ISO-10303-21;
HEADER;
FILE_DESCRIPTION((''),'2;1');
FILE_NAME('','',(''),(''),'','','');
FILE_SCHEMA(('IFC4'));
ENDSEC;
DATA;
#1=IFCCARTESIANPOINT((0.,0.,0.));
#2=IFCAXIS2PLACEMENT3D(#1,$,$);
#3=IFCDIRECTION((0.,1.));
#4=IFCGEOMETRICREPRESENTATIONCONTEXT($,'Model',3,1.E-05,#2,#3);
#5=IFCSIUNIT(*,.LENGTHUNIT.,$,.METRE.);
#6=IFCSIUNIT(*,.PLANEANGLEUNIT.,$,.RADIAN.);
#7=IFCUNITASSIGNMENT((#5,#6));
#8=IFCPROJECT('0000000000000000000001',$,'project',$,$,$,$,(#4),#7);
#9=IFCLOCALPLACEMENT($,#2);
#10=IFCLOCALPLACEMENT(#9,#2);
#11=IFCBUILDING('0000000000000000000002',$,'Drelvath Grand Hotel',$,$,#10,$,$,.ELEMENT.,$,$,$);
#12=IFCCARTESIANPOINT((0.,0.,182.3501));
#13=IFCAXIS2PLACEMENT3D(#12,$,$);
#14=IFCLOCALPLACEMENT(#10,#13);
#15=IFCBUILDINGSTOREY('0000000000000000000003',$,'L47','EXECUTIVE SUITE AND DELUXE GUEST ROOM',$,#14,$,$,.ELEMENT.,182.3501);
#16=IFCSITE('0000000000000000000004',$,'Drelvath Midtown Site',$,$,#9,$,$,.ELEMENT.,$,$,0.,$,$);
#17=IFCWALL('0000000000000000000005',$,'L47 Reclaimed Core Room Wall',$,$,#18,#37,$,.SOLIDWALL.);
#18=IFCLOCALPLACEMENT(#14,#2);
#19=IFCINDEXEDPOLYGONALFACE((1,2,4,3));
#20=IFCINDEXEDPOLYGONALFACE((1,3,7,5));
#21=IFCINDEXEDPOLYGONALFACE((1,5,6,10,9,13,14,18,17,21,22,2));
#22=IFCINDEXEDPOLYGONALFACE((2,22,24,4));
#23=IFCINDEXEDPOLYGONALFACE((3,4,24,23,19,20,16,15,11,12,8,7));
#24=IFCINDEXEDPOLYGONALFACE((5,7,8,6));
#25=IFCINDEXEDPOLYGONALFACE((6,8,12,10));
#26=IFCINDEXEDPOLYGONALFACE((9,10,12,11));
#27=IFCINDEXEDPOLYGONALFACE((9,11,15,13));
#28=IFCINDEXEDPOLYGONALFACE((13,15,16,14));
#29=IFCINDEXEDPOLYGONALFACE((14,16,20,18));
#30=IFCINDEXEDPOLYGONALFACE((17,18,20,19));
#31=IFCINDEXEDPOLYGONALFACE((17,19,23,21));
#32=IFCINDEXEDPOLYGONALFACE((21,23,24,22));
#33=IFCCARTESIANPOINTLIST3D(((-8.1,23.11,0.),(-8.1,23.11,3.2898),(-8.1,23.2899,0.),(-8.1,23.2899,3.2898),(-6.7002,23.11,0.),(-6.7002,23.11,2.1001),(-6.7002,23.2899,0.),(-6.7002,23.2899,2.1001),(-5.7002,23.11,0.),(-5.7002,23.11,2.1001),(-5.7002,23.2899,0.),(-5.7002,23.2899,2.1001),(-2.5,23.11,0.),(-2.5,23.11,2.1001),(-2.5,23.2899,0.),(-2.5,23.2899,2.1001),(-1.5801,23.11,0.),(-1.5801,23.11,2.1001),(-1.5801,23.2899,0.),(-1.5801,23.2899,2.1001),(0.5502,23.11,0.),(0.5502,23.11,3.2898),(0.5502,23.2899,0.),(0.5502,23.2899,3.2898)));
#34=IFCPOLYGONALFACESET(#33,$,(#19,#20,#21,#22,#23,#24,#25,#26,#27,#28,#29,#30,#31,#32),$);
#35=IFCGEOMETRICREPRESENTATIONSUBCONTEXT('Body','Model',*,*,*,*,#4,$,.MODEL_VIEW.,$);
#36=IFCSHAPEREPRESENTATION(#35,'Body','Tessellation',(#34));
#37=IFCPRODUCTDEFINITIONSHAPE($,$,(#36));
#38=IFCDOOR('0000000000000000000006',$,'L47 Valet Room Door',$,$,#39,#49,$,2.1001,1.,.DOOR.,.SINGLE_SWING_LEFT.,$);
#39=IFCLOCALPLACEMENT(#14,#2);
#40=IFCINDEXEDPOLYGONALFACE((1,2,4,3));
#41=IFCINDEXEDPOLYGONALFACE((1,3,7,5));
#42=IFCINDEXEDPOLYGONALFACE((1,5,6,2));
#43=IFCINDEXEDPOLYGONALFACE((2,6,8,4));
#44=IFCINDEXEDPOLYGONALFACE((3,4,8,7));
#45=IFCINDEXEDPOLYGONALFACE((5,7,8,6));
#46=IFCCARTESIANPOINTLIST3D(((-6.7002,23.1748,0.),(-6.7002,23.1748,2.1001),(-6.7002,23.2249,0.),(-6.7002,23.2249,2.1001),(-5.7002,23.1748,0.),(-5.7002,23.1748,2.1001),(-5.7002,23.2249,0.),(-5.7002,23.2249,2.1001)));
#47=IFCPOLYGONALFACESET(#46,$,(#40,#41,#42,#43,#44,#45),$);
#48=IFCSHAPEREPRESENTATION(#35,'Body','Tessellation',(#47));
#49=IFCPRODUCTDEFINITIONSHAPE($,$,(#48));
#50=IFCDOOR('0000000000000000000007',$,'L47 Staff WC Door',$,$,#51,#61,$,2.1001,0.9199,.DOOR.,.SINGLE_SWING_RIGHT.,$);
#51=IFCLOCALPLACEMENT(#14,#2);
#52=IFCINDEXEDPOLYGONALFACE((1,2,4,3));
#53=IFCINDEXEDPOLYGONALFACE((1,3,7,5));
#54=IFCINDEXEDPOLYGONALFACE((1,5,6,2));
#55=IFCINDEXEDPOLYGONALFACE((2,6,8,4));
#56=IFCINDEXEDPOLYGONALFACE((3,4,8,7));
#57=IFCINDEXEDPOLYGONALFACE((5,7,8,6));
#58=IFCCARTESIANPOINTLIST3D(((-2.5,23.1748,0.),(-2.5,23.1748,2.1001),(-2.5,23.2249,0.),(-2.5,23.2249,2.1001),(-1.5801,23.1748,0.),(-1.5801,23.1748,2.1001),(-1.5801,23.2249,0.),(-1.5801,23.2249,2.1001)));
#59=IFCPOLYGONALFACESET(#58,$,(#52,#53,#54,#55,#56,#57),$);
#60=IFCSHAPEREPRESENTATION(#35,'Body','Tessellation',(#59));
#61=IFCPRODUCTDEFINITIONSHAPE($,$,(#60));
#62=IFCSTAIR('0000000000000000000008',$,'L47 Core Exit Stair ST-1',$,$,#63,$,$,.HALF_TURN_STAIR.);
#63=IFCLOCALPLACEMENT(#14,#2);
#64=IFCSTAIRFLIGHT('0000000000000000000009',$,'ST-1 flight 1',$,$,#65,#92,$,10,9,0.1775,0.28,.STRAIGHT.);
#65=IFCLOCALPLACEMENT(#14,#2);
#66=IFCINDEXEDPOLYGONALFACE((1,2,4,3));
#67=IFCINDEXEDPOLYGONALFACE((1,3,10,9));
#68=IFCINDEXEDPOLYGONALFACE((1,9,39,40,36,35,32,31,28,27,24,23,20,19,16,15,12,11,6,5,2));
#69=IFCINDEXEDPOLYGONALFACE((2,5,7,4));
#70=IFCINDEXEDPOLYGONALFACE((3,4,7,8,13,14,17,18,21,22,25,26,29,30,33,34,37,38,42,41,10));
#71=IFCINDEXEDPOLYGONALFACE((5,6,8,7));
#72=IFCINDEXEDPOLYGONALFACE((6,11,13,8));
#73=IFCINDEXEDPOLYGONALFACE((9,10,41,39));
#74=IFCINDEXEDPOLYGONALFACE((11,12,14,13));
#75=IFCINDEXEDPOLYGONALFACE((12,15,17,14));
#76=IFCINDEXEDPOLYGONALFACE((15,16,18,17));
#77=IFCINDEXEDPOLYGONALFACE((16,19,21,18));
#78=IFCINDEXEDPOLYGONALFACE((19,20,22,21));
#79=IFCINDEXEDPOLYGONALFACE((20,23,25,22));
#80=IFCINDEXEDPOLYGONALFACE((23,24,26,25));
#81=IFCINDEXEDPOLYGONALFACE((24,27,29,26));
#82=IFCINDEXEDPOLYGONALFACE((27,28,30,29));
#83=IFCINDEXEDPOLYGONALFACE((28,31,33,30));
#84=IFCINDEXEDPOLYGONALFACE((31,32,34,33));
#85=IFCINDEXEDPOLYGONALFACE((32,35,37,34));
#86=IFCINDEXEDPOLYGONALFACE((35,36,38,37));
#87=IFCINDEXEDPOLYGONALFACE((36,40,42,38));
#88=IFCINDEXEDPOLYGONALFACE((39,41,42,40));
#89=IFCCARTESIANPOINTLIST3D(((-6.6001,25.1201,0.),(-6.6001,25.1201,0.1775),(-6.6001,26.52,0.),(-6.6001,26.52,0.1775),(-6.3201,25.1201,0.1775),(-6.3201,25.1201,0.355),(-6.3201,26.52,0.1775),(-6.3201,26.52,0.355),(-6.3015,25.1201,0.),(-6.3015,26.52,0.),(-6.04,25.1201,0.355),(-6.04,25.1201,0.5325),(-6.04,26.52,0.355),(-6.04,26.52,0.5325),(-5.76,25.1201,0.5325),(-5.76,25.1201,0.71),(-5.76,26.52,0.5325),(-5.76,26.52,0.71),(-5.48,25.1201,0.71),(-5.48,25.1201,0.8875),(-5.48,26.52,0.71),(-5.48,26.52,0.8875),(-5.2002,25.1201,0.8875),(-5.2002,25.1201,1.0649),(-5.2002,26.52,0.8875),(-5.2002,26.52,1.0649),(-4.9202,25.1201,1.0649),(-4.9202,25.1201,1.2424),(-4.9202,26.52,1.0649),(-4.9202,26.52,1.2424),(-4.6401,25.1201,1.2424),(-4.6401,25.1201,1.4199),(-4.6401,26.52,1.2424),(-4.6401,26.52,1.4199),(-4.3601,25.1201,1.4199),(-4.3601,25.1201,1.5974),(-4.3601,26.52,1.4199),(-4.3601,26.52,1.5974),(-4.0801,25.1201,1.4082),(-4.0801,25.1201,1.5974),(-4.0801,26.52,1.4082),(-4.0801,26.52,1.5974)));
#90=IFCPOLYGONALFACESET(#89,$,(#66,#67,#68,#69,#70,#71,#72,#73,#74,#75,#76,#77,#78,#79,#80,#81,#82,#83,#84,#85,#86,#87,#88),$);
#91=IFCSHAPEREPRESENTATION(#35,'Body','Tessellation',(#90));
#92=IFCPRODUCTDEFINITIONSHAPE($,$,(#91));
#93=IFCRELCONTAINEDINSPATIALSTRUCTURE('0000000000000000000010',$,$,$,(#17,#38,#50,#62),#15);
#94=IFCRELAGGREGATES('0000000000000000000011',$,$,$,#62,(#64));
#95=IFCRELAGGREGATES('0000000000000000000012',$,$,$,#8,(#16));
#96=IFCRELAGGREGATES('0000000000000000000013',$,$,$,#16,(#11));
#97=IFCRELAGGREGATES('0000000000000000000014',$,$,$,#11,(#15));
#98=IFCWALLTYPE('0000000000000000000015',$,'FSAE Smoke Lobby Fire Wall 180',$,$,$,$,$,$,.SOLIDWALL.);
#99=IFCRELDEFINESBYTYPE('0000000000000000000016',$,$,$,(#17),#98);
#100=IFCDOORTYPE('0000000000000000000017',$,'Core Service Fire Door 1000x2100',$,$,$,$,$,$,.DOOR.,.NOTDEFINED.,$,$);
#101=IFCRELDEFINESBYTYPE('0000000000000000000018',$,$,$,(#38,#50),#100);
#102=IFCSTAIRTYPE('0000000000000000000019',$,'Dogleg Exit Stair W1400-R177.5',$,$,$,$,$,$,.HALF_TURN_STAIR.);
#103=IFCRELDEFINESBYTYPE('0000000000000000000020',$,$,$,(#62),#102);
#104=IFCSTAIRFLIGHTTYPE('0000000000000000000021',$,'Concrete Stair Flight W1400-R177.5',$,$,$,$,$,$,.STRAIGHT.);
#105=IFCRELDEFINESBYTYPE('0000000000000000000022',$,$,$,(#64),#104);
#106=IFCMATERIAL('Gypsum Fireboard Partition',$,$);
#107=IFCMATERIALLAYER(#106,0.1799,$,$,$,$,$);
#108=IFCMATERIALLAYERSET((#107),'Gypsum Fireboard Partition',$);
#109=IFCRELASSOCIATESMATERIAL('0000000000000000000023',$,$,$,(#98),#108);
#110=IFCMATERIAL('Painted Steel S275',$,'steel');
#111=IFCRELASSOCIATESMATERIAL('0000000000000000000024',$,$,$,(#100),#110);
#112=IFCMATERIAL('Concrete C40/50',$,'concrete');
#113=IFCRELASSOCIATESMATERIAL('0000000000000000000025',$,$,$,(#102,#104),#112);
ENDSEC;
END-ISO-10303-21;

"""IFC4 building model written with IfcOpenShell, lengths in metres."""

from ifc_helpers import new_model, si_unit, direction, frame, frame_2d, origin, place, context, subcontext, project, spatial, polyline, rectangle, outline, extrude, material, layer, layer_set, type_object, element, fill, aggregate, save


model = new_model("IFC4")

# Units and contexts
model_context = context("Model", 3, precision=1e-05, world=origin(), true_north=direction((0.0, 1.0)))
body_context = subcontext(model_context, "Body", "Model", "MODEL_VIEW")
ifc_project = project(units=[si_unit("LENGTHUNIT", "METRE"), si_unit("PLANEANGLEUNIT", "RADIAN")], contexts=[model_context])

# Site, building, storey
site_placement = place(None, origin())
site = spatial("IfcSite", under=ifc_project, at=site_placement, Name="Drelvath Midtown Site", CompositionType="ELEMENT", RefElevation=0.0)
building_placement = place(site_placement, origin())
building = spatial("IfcBuilding", under=site, at=building_placement, Name="Drelvath Grand Hotel", CompositionType="ELEMENT")
storey_placement = place(building_placement, frame((0.0, 0.0, 182.3501)))
storey = spatial("IfcBuildingStorey", under=building, at=storey_placement, Name="L47", Description="EXECUTIVE SUITE AND DELUXE GUEST ROOM", CompositionType="ELEMENT", Elevation=182.3501)

# Shared definitions
ifc_material_1 = material(Name="Concrete C40/50", Category="concrete")
ifc_material_2 = material(Name="Painted Steel S275", Category="steel")

# Wall, openings, doors
ifc_material_3 = material(Name="Gypsum Fireboard Partition")
ifc_layer_1 = layer(ifc_material_3, 0.1799)
ifc_layer_set_1 = layer_set([ifc_layer_1], Name="Gypsum Fireboard Partition")
wall_type_1 = type_object("IfcWallType", Name="FSAE Smoke Lobby Fire Wall 180", PredefinedType="SOLIDWALL", material=ifc_layer_set_1)
wall_1_placement = place(storey_placement, frame((-8.1001, 23.2, 0.0), z_axis=(0.0, 0.0, 1.0), x_axis=(1.0, 0.0, 0.0)))
wall_1 = element("IfcWall", 1, at=wall_1_placement, inside=storey, type_object=wall_type_1, Name="L47 Reclaimed Core Room Wall", PredefinedType="SOLIDWALL", context=body_context, shape_type="SweptSolid", body=[
    extrude(rectangle(XDim=8.6501, YDim=0.1799, at=frame_2d((4.3252, 0.0))), origin(), (0.0, 0.0, 1.0), 3.2898),
])
opening_1_placement = place(wall_1_placement, frame((1.3999, 0.0, 0.0)))
opening_1 = element("IfcOpeningElement", 2, at=opening_1_placement, cuts=wall_1, PredefinedType="OPENING", context=body_context, shape_type="SweptSolid", body=[
    extrude(rectangle(XDim=1.0, YDim=2.1001, at=frame_2d((0.5, 1.05))), frame((0.0, 0.0999, 0.0), z_axis=(0.0, -1.0, 0.0), x_axis=(1.0, 0.0, 0.0)), (0.0, 0.0, 1.0), 0.2),
])
opening_2_placement = place(wall_1_placement, frame((5.6001, 0.0, 0.0)))
opening_2 = element("IfcOpeningElement", 3, at=opening_2_placement, cuts=wall_1, PredefinedType="OPENING", context=body_context, shape_type="SweptSolid", body=[
    extrude(rectangle(XDim=0.9199, YDim=2.1001, at=frame_2d((0.46, 1.05))), frame((0.0, 0.0999, 0.0), z_axis=(0.0, -1.0, 0.0), x_axis=(1.0, 0.0, 0.0)), (0.0, 0.0, 1.0), 0.2),
])
door_type_1 = type_object("IfcDoorType", Name="Core Service Fire Door 1000x2100", OperationType="NOTDEFINED", PredefinedType="DOOR", material=ifc_material_2)
door_1_placement = place(opening_1_placement, origin())
door_1 = element("IfcDoor", 4, at=door_1_placement, inside=storey, type_object=door_type_1, Name="L47 Valet Room Door", OperationType="SINGLE_SWING_LEFT", OverallHeight=2.1001, OverallWidth=1.0, PredefinedType="DOOR", context=body_context, shape_type="SweptSolid", body=[
    extrude(rectangle(XDim=1.0, YDim=2.1001, at=frame_2d((0.5, 1.05))), frame((0.0, 0.0249, 0.0), z_axis=(0.0, -1.0, 0.0), x_axis=(1.0, 0.0, 0.0)), (0.0, 0.0, 1.0), 0.05),
])
fill(opening_1, door_1)
door_2_placement = place(opening_2_placement, origin())
door_2 = element("IfcDoor", 5, at=door_2_placement, inside=storey, type_object=door_type_1, Name="L47 Staff WC Door", OperationType="SINGLE_SWING_RIGHT", OverallHeight=2.1001, OverallWidth=0.9199, PredefinedType="DOOR", context=body_context, shape_type="SweptSolid", body=[
    extrude(rectangle(XDim=0.9199, YDim=2.1001, at=frame_2d((0.46, 1.05))), frame((0.0, 0.0249, 0.0), z_axis=(0.0, -1.0, 0.0), x_axis=(1.0, 0.0, 0.0)), (0.0, 0.0, 1.0), 0.05),
])
fill(opening_2, door_2)

# Stair, stair flight
stair_type = type_object("IfcStairType", Name="Dogleg Exit Stair W1400-R177.5", PredefinedType="HALF_TURN_STAIR", material=ifc_material_1)
stair_placement = place(storey_placement, origin())
stair = element("IfcStair", 6, at=stair_placement, inside=storey, type_object=stair_type, Name="L47 Core Exit Stair ST-1", PredefinedType="HALF_TURN_STAIR")
stair_flight_type = type_object("IfcStairFlightType", Name="Concrete Stair Flight W1400-R177.5", PredefinedType="STRAIGHT", material=ifc_material_1)
stair_flight_placement = place(storey_placement, frame((-6.6001, 25.8201, 0.0), z_axis=(0.0, 0.0, 1.0), x_axis=(1.0, 0.0, 0.0)))
stair_flight = element("IfcStairFlight", 7, at=stair_flight_placement, type_object=stair_flight_type, Name="ST-1 flight 1", NumberOfRisers=10, NumberOfTreads=9, PredefinedType="STRAIGHT", RiserHeight=0.1775, TreadLength=0.28, context=body_context, shape_type="SweptSolid", body=[
    extrude(outline(polyline([(0.0, 0.0), (0.0, 0.1775), (0.28, 0.1775), (0.28, 0.355), (0.5601, 0.355), (0.5601, 0.5325), (0.8401, 0.5325), (0.8401, 0.71), (1.1201, 0.71), (1.1201, 0.8875), (1.3999, 0.8875), (1.3999, 1.0649), (1.6799, 1.0649), (1.6799, 1.2424), (1.96, 1.2424), (1.96, 1.4199), (2.24, 1.4199), (2.24, 1.5974), (2.52, 1.5974), (2.52, 1.7749), (2.52, 1.4082), (0.2986, 0.0), (0.0, 0.0)])), frame((0.0, 0.7, 0.0), z_axis=(0.0, -1.0, 0.0), x_axis=(1.0, 0.0, 0.0)), (0.0, 0.0, 1.0), 1.3999),
])
aggregate(stair, [stair_flight])

save(model, "model.ifc")
